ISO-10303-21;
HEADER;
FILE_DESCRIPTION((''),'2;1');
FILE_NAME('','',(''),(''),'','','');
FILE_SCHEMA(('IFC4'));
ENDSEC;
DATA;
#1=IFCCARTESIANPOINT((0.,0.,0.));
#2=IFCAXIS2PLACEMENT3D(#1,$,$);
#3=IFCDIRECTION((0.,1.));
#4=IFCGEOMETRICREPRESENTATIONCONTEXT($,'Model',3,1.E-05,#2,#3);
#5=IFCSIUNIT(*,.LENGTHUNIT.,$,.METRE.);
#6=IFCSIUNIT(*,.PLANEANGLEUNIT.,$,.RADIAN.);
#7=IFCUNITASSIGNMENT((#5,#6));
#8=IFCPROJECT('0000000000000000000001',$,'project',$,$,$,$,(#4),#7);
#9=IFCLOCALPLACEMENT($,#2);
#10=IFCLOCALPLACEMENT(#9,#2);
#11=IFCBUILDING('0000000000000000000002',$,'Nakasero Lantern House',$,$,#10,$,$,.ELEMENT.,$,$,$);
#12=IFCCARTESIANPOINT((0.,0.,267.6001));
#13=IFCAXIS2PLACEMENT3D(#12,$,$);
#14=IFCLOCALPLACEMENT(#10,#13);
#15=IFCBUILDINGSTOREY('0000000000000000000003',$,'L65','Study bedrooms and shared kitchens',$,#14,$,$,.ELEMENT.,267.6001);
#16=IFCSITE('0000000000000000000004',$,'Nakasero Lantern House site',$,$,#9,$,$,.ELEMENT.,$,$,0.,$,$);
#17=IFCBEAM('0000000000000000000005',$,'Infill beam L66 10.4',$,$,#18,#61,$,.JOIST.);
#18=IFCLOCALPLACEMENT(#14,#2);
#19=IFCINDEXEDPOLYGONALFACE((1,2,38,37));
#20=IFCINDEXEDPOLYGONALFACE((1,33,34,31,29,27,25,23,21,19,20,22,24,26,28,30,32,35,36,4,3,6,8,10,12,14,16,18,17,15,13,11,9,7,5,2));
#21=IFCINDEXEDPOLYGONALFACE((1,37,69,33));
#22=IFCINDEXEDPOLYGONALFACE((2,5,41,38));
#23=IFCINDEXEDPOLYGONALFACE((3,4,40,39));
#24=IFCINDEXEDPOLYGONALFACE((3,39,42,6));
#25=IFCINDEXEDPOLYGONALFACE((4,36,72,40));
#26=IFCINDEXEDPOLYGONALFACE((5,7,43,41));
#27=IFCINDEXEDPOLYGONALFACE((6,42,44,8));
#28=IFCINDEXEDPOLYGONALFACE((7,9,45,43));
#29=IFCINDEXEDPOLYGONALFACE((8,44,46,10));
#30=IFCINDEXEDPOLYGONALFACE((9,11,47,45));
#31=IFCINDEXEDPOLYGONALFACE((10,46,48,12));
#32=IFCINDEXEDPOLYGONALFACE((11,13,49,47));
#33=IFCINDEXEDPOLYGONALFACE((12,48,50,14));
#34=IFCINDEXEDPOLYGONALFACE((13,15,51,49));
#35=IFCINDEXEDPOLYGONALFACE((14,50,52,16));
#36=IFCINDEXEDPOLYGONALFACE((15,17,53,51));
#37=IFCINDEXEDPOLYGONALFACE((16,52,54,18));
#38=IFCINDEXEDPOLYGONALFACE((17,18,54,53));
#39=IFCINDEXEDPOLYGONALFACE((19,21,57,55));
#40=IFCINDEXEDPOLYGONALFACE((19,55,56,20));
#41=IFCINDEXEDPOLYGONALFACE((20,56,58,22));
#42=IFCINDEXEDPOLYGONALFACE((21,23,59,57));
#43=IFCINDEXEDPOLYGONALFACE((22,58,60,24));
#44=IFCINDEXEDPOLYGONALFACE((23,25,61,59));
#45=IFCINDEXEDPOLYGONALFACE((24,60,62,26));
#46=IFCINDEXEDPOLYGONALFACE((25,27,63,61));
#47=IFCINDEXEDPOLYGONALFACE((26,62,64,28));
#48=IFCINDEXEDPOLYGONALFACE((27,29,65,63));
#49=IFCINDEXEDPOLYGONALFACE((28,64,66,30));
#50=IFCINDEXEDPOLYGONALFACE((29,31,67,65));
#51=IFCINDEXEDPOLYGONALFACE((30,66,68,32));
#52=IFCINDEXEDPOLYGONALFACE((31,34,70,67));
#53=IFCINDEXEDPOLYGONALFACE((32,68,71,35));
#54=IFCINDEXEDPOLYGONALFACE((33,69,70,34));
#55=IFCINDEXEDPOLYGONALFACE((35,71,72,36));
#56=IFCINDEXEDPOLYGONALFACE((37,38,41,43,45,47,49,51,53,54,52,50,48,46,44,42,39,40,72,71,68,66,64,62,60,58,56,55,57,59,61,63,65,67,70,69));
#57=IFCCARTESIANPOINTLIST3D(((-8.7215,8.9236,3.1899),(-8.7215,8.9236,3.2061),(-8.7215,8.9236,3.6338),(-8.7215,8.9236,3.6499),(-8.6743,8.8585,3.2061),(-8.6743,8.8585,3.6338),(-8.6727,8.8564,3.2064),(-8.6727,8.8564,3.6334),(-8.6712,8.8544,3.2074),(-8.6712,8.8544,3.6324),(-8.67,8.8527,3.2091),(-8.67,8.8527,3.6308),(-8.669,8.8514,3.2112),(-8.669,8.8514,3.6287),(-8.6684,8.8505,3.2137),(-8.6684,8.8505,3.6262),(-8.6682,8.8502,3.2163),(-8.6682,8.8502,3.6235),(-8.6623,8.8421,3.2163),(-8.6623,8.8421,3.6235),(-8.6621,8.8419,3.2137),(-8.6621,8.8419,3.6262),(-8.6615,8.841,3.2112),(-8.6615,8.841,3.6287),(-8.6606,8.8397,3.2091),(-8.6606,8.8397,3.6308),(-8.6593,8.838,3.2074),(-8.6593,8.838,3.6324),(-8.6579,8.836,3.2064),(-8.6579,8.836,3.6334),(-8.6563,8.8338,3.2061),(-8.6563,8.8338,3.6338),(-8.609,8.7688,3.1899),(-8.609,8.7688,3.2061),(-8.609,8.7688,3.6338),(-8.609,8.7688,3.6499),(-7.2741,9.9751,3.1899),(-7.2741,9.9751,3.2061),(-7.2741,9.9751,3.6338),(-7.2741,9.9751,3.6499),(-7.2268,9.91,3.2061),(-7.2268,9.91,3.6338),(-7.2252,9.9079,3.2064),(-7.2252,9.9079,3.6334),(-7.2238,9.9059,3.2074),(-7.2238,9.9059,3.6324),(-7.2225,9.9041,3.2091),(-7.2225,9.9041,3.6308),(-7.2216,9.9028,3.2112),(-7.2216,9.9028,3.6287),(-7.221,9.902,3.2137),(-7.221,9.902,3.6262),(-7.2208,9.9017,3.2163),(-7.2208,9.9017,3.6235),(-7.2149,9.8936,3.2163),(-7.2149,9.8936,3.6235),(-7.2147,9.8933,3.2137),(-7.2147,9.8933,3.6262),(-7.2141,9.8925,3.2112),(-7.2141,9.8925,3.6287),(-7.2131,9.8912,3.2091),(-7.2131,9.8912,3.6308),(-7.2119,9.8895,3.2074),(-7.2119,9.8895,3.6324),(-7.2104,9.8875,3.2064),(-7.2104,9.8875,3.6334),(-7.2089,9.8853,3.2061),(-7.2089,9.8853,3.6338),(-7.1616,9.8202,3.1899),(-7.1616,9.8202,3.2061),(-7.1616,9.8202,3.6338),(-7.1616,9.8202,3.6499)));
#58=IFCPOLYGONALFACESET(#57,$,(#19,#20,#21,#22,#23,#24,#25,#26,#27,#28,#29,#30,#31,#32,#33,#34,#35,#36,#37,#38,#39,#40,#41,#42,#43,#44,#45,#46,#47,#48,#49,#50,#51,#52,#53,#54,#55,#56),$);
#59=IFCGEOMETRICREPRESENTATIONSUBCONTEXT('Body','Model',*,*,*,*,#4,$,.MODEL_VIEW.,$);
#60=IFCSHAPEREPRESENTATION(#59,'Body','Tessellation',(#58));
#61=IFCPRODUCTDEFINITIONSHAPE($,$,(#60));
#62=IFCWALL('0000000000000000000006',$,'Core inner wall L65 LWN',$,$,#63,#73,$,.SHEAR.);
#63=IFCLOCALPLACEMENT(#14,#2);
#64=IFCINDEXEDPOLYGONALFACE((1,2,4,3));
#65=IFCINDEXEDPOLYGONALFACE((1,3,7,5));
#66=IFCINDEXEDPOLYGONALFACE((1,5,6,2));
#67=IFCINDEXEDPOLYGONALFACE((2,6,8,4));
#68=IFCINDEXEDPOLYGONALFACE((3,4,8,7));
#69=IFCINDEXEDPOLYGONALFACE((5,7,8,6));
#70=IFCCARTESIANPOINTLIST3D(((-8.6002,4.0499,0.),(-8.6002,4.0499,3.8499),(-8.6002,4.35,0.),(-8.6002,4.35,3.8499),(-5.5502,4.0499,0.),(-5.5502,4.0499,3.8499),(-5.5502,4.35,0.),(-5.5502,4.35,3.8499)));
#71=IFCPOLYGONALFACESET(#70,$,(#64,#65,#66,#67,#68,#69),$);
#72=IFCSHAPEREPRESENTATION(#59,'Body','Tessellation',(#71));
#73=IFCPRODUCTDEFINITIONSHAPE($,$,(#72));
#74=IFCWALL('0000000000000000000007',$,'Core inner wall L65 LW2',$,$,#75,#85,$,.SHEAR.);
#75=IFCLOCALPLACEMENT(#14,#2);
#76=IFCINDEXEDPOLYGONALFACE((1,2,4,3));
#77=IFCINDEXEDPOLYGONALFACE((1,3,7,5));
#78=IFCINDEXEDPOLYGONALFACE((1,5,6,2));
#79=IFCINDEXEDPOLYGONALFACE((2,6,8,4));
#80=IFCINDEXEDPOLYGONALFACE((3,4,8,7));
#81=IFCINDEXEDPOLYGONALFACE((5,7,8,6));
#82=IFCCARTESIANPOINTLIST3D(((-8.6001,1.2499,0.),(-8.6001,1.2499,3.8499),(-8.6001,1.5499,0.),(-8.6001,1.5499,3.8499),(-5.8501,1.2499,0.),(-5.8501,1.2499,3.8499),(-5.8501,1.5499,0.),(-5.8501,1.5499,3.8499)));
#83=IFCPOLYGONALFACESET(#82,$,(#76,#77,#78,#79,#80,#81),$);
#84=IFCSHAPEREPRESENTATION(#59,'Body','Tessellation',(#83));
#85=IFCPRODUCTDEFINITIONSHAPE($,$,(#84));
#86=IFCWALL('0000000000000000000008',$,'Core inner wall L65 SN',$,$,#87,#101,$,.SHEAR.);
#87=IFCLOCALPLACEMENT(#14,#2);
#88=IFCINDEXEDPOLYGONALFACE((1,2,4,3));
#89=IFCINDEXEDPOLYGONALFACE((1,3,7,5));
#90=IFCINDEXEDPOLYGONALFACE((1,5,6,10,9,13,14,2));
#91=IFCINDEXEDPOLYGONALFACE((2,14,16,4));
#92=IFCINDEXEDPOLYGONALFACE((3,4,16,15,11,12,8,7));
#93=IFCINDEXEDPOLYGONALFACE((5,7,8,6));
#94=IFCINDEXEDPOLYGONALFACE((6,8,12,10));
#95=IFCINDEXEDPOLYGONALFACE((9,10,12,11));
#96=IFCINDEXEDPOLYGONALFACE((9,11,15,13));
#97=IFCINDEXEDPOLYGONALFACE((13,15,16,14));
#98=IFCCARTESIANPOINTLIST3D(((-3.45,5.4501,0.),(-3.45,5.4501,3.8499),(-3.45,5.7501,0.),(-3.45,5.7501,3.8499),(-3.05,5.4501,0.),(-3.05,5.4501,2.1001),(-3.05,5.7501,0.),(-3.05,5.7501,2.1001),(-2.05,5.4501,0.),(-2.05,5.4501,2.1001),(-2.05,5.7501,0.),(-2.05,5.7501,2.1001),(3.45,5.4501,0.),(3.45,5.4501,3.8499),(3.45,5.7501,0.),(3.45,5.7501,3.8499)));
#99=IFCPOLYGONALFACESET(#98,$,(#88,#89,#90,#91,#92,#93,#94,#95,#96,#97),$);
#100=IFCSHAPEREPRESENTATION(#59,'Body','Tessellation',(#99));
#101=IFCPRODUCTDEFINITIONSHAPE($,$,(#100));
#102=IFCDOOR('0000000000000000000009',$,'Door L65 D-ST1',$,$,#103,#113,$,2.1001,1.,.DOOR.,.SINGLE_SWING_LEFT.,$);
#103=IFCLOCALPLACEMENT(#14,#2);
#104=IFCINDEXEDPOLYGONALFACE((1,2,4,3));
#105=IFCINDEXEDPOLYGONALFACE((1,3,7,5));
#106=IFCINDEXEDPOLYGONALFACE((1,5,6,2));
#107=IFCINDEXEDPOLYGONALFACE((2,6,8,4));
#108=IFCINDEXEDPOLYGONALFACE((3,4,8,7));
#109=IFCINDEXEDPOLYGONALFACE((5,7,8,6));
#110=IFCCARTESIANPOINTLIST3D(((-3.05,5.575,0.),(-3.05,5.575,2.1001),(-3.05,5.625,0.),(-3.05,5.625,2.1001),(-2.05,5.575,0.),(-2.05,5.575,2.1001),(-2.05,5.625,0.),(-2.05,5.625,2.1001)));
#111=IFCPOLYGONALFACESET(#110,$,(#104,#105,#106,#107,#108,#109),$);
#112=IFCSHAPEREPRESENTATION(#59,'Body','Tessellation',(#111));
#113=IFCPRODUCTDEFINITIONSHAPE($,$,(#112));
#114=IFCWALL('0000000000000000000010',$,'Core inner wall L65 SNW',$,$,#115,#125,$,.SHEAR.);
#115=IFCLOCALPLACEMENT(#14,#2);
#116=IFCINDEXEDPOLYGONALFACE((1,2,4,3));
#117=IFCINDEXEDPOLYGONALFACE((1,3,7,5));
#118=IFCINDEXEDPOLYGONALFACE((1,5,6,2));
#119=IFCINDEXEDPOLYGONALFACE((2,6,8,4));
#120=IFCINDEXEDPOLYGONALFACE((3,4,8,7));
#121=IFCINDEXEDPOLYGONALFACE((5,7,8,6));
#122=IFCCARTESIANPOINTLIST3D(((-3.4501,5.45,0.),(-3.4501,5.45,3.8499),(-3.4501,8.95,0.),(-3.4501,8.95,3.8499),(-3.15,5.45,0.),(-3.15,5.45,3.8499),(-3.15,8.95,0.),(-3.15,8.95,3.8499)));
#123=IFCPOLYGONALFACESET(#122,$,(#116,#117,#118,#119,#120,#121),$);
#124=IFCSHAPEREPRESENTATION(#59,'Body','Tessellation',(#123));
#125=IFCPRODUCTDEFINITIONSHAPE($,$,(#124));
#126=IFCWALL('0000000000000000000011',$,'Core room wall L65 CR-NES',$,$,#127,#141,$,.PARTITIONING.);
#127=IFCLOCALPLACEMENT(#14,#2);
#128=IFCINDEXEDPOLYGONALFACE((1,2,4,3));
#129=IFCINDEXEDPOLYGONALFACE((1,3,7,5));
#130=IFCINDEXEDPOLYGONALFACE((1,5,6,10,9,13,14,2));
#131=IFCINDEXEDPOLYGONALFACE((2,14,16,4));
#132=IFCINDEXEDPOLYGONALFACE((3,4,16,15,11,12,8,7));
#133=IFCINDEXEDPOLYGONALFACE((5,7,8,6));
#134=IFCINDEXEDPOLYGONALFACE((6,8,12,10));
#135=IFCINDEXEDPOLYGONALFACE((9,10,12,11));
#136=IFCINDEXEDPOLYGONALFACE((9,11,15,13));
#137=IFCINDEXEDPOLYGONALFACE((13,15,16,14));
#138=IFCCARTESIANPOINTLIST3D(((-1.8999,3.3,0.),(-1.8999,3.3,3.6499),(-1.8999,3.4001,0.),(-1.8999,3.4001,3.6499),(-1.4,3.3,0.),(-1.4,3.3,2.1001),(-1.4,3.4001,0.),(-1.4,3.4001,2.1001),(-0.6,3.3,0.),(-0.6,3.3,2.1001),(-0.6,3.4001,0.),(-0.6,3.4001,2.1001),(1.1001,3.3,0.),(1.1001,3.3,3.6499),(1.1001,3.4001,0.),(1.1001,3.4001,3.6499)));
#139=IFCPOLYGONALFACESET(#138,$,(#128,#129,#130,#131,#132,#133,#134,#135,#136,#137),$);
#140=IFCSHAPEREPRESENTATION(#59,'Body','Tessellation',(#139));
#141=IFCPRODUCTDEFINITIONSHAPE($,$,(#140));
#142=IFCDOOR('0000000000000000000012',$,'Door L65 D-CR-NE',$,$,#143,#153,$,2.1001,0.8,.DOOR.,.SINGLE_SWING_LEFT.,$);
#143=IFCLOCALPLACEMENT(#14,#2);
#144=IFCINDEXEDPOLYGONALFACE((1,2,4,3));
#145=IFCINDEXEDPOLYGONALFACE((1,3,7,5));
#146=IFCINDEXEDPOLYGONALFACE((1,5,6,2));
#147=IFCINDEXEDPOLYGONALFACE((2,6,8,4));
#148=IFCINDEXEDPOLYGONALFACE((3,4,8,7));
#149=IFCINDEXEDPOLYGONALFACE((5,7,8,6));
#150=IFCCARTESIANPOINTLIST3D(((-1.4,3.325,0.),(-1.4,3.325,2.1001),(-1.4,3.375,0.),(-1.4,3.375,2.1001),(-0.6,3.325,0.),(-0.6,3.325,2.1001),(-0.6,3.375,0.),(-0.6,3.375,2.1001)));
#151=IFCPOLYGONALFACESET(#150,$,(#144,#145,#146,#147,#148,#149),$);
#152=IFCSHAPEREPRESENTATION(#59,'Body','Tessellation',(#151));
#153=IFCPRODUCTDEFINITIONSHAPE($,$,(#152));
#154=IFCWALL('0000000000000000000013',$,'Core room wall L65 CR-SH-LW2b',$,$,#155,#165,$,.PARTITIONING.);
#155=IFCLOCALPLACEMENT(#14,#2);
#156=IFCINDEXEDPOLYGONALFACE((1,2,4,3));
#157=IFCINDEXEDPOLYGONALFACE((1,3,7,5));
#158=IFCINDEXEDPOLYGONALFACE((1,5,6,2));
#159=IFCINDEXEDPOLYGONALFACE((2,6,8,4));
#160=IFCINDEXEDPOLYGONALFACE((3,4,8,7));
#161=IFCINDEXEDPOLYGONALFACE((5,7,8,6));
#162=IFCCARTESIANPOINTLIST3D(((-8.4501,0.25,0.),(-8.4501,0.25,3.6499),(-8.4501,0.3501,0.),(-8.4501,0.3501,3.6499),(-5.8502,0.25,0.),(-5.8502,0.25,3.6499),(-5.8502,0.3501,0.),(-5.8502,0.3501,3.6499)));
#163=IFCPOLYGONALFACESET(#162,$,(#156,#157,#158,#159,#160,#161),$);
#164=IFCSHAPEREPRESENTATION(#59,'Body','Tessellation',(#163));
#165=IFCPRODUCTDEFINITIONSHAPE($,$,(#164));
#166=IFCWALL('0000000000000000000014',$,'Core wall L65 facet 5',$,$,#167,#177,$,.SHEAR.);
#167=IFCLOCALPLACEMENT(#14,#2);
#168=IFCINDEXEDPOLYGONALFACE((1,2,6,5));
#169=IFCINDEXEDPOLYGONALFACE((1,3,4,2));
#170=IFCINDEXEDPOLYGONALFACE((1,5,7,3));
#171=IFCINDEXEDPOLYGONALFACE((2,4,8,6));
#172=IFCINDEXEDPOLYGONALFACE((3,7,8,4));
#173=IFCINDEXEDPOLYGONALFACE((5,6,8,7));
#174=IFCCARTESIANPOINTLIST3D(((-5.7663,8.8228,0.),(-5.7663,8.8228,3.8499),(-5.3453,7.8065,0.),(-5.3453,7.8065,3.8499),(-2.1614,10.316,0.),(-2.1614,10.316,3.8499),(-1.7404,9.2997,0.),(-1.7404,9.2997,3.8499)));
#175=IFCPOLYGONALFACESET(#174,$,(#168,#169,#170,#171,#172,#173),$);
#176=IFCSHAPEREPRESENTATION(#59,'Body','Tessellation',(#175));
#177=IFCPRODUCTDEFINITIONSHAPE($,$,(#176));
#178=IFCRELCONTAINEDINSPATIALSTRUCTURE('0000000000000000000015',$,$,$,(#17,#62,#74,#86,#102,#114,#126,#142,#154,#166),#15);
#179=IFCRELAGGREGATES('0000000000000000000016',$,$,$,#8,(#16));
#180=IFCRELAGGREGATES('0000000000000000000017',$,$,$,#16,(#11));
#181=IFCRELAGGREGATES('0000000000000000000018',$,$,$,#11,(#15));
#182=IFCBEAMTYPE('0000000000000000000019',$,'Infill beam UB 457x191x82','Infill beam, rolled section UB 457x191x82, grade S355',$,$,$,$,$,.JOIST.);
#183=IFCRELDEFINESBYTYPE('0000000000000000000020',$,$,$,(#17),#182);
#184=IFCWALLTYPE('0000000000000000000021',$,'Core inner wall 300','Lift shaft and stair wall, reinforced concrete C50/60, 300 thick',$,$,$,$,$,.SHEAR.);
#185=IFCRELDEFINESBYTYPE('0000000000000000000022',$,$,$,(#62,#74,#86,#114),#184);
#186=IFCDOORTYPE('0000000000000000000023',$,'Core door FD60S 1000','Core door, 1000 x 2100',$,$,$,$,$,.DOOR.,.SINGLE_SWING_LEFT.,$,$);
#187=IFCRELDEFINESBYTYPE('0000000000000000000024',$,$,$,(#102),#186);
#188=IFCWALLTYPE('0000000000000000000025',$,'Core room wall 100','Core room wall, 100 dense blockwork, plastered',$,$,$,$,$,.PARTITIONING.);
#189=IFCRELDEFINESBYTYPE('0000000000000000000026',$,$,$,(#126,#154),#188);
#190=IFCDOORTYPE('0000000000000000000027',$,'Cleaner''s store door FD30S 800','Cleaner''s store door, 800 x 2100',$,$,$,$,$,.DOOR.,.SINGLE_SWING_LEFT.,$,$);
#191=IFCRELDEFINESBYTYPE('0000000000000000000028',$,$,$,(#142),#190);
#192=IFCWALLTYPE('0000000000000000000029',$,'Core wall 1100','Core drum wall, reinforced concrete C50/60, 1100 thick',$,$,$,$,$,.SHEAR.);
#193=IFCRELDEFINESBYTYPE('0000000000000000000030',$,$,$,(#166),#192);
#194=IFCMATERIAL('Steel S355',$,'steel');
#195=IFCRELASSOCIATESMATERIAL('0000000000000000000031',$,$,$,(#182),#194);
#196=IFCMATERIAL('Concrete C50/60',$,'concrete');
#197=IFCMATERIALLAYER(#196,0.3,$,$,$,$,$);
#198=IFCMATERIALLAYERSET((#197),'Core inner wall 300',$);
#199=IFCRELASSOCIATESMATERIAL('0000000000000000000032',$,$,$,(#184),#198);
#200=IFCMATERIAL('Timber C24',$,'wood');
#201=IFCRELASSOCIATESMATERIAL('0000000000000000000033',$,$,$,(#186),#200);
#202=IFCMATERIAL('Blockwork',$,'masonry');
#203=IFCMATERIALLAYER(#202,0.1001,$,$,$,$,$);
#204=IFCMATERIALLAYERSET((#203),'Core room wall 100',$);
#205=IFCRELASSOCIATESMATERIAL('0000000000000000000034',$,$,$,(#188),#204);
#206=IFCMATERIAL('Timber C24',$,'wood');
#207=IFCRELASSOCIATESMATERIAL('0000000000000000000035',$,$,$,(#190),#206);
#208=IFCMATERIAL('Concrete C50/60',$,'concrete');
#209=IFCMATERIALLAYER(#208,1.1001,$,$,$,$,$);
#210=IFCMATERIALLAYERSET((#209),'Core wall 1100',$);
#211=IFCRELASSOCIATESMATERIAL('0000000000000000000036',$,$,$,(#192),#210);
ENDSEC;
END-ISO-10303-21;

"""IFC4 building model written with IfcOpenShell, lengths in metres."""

from ifc_helpers import new_model, si_unit, direction, frame, frame_2d, origin, origin_2d, place, context, subcontext, project, spatial, rectangle, i_section, extrude, material, layer, layer_set, material_profile, profile_set, type_object, element, fill, save


model = new_model("IFC4")

# Units and contexts
model_context = context("Model", 3, precision=1e-05, world=origin(), true_north=direction((0.0, 1.0)))
body_context = subcontext(model_context, "Body", "Model", "MODEL_VIEW")
ifc_project = project(units=[si_unit("LENGTHUNIT", "METRE"), si_unit("PLANEANGLEUNIT", "RADIAN")], contexts=[model_context])

# Site, building, storey
site_placement = place(None, origin())
site = spatial("IfcSite", under=ifc_project, at=site_placement, Name="Nakasero Lantern House site", CompositionType="ELEMENT", RefElevation=0.0)
building_placement = place(site_placement, origin())
building = spatial("IfcBuilding", under=site, at=building_placement, Name="Nakasero Lantern House", CompositionType="ELEMENT")
storey_placement = place(building_placement, frame((0.0, 0.0, 267.6001)))
storey = spatial("IfcBuildingStorey", under=building, at=storey_placement, Name="L65", Description="Study bedrooms and shared kitchens", CompositionType="ELEMENT", Elevation=267.6001)

# Beam
ifc_material_1 = material(Name="Steel S355", Category="steel")
ifc_material_profile = material_profile(ifc_material_1, i_section(OverallWidth=0.1914, OverallDepth=0.46, WebThickness=0.01, FlangeThickness=0.0161, FilletRadius=0.0103, at=origin_2d()), Name="UB 457x191x82")
ifc_profile_set = profile_set([ifc_material_profile], Name="Steel S355")
beam_type = type_object("IfcBeamType", Name="Infill beam UB 457x191x82", Description="Infill beam, rolled section UB 457x191x82, grade S355", PredefinedType="JOIST", material=ifc_profile_set)
beam_placement = place(storey_placement, frame((-8.6653, 8.8462, 3.4199), z_axis=(0.809061, 0.587725, 0.0), x_axis=(-0.587725, 0.809061, 0.0)))
element("IfcBeam", 1, at=beam_placement, inside=storey, type_object=beam_type, Name="Infill beam L66 10.4", PredefinedType="JOIST", context=body_context, shape_type="SweptSolid", body=[
    extrude(i_section(OverallWidth=0.1914, OverallDepth=0.46, WebThickness=0.01, FlangeThickness=0.0161, FilletRadius=0.0103, at=origin_2d()), origin(), (0.0, 0.0, 1.0), 1.7891),
])

# Walls
ifc_material_2 = material(Name="Concrete C50/60", Category="concrete")
ifc_layer_1 = layer(ifc_material_2, 0.3)
ifc_layer_set_1 = layer_set([ifc_layer_1], Name="Core inner wall 300")
wall_type_1 = type_object("IfcWallType", Name="Core inner wall 300", Description="Lift shaft and stair wall, reinforced concrete C50/60, 300 thick", PredefinedType="SHEAR", material=ifc_layer_set_1)
wall_1_placement = place(storey_placement, frame((-8.6001, 4.2, 0.0), z_axis=(0.0, 0.0, 1.0), x_axis=(1.0, 0.0, 0.0)))
element("IfcWall", 2, at=wall_1_placement, inside=storey, type_object=wall_type_1, Name="Core inner wall L65 LWN", PredefinedType="SHEAR", context=body_context, shape_type="SweptSolid", body=[
    extrude(rectangle(XDim=3.05, YDim=0.3, at=frame_2d((1.5249, 0.0))), origin(), (0.0, 0.0, 1.0), 3.8499),
])
wall_2_placement = place(storey_placement, frame((-8.6001, 1.3999, 0.0), z_axis=(0.0, 0.0, 1.0), x_axis=(1.0, 0.0, 0.0)))
element("IfcWall", 3, at=wall_2_placement, inside=storey, type_object=wall_type_1, Name="Core inner wall L65 LW2", PredefinedType="SHEAR", context=body_context, shape_type="SweptSolid", body=[
    extrude(rectangle(XDim=2.75, YDim=0.3, at=frame_2d((1.375, 0.0))), origin(), (0.0, 0.0, 1.0), 3.8499),
])

# Wall, opening, door
wall_3_placement = place(storey_placement, frame((-3.45, 5.6001, 0.0), z_axis=(0.0, 0.0, 1.0), x_axis=(1.0, 0.0, 0.0)))
wall_3 = element("IfcWall", 4, at=wall_3_placement, inside=storey, type_object=wall_type_1, Name="Core inner wall L65 SN", PredefinedType="SHEAR", context=body_context, shape_type="SweptSolid", body=[
    extrude(rectangle(XDim=6.8999, YDim=0.3, at=frame_2d((3.45, 0.0))), origin(), (0.0, 0.0, 1.0), 3.8499),
])
opening_1_placement = place(wall_3_placement, frame((0.3999, 0.0, 0.0)))
opening_1 = element("IfcOpeningElement", 5, at=opening_1_placement, cuts=wall_3, PredefinedType="OPENING", context=body_context, shape_type="SweptSolid", body=[
    extrude(rectangle(XDim=1.0, YDim=2.1001, at=frame_2d((0.5, 1.05))), frame((0.0, 0.1699, 0.0), z_axis=(0.0, -1.0, 0.0), x_axis=(1.0, 0.0, 0.0)), (0.0, 0.0, 1.0), 0.3401),
])
ifc_material_3 = material(Name="Timber C24", Category="wood")
door_type_1 = type_object("IfcDoorType", Name="Core door FD60S 1000", Description="Core door, 1000 x 2100", OperationType="SINGLE_SWING_LEFT", PredefinedType="DOOR", material=ifc_material_3)
door_1_placement = place(opening_1_placement, origin())
door_1 = element("IfcDoor", 6, at=door_1_placement, inside=storey, type_object=door_type_1, Name="Door L65 D-ST1", OperationType="SINGLE_SWING_LEFT", OverallHeight=2.1001, OverallWidth=1.0, PredefinedType="DOOR", context=body_context, shape_type="SweptSolid", body=[
    extrude(rectangle(XDim=1.0, YDim=2.1001, at=frame_2d((0.5, 1.05))), frame((0.0, 0.0249, 0.0), z_axis=(0.0, -1.0, 0.0), x_axis=(1.0, 0.0, 0.0)), (0.0, 0.0, 1.0), 0.05),
])
fill(opening_1, door_1)

# Wall
wall_4_placement = place(storey_placement, frame((-3.3, 5.45, 0.0), z_axis=(0.0, 0.0, 1.0), x_axis=(0.0, 1.0, 0.0)))
element("IfcWall", 7, at=wall_4_placement, inside=storey, type_object=wall_type_1, Name="Core inner wall L65 SNW", PredefinedType="SHEAR", context=body_context, shape_type="SweptSolid", body=[
    extrude(rectangle(XDim=3.5, YDim=0.3, at=frame_2d((1.75, 0.0))), origin(), (0.0, 0.0, 1.0), 3.8499),
])

# Wall, opening, door
ifc_material_4 = material(Name="Blockwork", Category="masonry")
ifc_layer_2 = layer(ifc_material_4, 0.1001)
ifc_layer_set_2 = layer_set([ifc_layer_2], Name="Core room wall 100")
wall_type_2 = type_object("IfcWallType", Name="Core room wall 100", Description="Core room wall, 100 dense blockwork, plastered", PredefinedType="PARTITIONING", material=ifc_layer_set_2)
wall_5_placement = place(storey_placement, frame((-1.8999, 3.3501, 0.0), z_axis=(0.0, 0.0, 1.0), x_axis=(1.0, 0.0, 0.0)))
wall_5 = element("IfcWall", 8, at=wall_5_placement, inside=storey, type_object=wall_type_2, Name="Core room wall L65 CR-NES", PredefinedType="PARTITIONING", context=body_context, shape_type="SweptSolid", body=[
    extrude(rectangle(XDim=3.0, YDim=0.1001, at=frame_2d((1.5, 0.0))), origin(), (0.0, 0.0, 1.0), 3.6499),
])
opening_2_placement = place(wall_5_placement, frame((0.5, 0.0, 0.0)))
opening_2 = element("IfcOpeningElement", 9, at=opening_2_placement, cuts=wall_5, PredefinedType="OPENING", context=body_context, shape_type="SweptSolid", body=[
    extrude(rectangle(XDim=0.8, YDim=2.1001, at=frame_2d((0.3999, 1.05))), frame((0.0, 0.0701, 0.0), z_axis=(0.0, -1.0, 0.0), x_axis=(1.0, 0.0, 0.0)), (0.0, 0.0, 1.0), 0.1401),
])
ifc_material_5 = material(Name="Timber C24", Category="wood")
door_type_2 = type_object("IfcDoorType", Name="Cleaner's store door FD30S 800", Description="Cleaner's store door, 800 x 2100", OperationType="SINGLE_SWING_LEFT", PredefinedType="DOOR", material=ifc_material_5)
door_2_placement = place(opening_2_placement, origin())
door_2 = element("IfcDoor", 10, at=door_2_placement, inside=storey, type_object=door_type_2, Name="Door L65 D-CR-NE", OperationType="SINGLE_SWING_LEFT", OverallHeight=2.1001, OverallWidth=0.8, PredefinedType="DOOR", context=body_context, shape_type="SweptSolid", body=[
    extrude(rectangle(XDim=0.8, YDim=2.1001, at=frame_2d((0.3999, 1.05))), frame((0.0, 0.0249, 0.0), z_axis=(0.0, -1.0, 0.0), x_axis=(1.0, 0.0, 0.0)), (0.0, 0.0, 1.0), 0.05),
])
fill(opening_2, door_2)

# Walls
wall_6_placement = place(storey_placement, frame((-8.45, 0.3, 0.0), z_axis=(0.0, 0.0, 1.0), x_axis=(1.0, 0.0, 0.0)))
element("IfcWall", 11, at=wall_6_placement, inside=storey, type_object=wall_type_2, Name="Core room wall L65 CR-SH-LW2b", PredefinedType="PARTITIONING", context=body_context, shape_type="SweptSolid", body=[
    extrude(rectangle(XDim=2.5999, YDim=0.1001, at=frame_2d((1.2998, 0.0))), origin(), (0.0, 0.0, 1.0), 3.6499),
])
ifc_material_6 = material(Name="Concrete C50/60", Category="concrete")
ifc_layer_3 = layer(ifc_material_6, 1.1001)
ifc_layer_set_3 = layer_set([ifc_layer_3], Name="Core wall 1100")
wall_type_3 = type_object("IfcWallType", Name="Core wall 1100", Description="Core drum wall, reinforced concrete C50/60, 1100 thick", PredefinedType="SHEAR", material=ifc_layer_set_3)
wall_7_placement = place(storey_placement, frame((-1.9509, 9.8079, 0.0), z_axis=(0.0, 0.0, 1.0), x_axis=(-0.923877, -0.382691, 0.0)))
element("IfcWall", 12, at=wall_7_placement, inside=storey, type_object=wall_type_3, Name="Core wall L65 facet 5", PredefinedType="SHEAR", context=body_context, shape_type="SweptSolid", body=[
    extrude(rectangle(XDim=3.9019, YDim=1.1001, at=frame_2d((1.9509, 0.0))), origin(), (0.0, 0.0, 1.0), 3.8499),
])

save(model, "model.ifc")
